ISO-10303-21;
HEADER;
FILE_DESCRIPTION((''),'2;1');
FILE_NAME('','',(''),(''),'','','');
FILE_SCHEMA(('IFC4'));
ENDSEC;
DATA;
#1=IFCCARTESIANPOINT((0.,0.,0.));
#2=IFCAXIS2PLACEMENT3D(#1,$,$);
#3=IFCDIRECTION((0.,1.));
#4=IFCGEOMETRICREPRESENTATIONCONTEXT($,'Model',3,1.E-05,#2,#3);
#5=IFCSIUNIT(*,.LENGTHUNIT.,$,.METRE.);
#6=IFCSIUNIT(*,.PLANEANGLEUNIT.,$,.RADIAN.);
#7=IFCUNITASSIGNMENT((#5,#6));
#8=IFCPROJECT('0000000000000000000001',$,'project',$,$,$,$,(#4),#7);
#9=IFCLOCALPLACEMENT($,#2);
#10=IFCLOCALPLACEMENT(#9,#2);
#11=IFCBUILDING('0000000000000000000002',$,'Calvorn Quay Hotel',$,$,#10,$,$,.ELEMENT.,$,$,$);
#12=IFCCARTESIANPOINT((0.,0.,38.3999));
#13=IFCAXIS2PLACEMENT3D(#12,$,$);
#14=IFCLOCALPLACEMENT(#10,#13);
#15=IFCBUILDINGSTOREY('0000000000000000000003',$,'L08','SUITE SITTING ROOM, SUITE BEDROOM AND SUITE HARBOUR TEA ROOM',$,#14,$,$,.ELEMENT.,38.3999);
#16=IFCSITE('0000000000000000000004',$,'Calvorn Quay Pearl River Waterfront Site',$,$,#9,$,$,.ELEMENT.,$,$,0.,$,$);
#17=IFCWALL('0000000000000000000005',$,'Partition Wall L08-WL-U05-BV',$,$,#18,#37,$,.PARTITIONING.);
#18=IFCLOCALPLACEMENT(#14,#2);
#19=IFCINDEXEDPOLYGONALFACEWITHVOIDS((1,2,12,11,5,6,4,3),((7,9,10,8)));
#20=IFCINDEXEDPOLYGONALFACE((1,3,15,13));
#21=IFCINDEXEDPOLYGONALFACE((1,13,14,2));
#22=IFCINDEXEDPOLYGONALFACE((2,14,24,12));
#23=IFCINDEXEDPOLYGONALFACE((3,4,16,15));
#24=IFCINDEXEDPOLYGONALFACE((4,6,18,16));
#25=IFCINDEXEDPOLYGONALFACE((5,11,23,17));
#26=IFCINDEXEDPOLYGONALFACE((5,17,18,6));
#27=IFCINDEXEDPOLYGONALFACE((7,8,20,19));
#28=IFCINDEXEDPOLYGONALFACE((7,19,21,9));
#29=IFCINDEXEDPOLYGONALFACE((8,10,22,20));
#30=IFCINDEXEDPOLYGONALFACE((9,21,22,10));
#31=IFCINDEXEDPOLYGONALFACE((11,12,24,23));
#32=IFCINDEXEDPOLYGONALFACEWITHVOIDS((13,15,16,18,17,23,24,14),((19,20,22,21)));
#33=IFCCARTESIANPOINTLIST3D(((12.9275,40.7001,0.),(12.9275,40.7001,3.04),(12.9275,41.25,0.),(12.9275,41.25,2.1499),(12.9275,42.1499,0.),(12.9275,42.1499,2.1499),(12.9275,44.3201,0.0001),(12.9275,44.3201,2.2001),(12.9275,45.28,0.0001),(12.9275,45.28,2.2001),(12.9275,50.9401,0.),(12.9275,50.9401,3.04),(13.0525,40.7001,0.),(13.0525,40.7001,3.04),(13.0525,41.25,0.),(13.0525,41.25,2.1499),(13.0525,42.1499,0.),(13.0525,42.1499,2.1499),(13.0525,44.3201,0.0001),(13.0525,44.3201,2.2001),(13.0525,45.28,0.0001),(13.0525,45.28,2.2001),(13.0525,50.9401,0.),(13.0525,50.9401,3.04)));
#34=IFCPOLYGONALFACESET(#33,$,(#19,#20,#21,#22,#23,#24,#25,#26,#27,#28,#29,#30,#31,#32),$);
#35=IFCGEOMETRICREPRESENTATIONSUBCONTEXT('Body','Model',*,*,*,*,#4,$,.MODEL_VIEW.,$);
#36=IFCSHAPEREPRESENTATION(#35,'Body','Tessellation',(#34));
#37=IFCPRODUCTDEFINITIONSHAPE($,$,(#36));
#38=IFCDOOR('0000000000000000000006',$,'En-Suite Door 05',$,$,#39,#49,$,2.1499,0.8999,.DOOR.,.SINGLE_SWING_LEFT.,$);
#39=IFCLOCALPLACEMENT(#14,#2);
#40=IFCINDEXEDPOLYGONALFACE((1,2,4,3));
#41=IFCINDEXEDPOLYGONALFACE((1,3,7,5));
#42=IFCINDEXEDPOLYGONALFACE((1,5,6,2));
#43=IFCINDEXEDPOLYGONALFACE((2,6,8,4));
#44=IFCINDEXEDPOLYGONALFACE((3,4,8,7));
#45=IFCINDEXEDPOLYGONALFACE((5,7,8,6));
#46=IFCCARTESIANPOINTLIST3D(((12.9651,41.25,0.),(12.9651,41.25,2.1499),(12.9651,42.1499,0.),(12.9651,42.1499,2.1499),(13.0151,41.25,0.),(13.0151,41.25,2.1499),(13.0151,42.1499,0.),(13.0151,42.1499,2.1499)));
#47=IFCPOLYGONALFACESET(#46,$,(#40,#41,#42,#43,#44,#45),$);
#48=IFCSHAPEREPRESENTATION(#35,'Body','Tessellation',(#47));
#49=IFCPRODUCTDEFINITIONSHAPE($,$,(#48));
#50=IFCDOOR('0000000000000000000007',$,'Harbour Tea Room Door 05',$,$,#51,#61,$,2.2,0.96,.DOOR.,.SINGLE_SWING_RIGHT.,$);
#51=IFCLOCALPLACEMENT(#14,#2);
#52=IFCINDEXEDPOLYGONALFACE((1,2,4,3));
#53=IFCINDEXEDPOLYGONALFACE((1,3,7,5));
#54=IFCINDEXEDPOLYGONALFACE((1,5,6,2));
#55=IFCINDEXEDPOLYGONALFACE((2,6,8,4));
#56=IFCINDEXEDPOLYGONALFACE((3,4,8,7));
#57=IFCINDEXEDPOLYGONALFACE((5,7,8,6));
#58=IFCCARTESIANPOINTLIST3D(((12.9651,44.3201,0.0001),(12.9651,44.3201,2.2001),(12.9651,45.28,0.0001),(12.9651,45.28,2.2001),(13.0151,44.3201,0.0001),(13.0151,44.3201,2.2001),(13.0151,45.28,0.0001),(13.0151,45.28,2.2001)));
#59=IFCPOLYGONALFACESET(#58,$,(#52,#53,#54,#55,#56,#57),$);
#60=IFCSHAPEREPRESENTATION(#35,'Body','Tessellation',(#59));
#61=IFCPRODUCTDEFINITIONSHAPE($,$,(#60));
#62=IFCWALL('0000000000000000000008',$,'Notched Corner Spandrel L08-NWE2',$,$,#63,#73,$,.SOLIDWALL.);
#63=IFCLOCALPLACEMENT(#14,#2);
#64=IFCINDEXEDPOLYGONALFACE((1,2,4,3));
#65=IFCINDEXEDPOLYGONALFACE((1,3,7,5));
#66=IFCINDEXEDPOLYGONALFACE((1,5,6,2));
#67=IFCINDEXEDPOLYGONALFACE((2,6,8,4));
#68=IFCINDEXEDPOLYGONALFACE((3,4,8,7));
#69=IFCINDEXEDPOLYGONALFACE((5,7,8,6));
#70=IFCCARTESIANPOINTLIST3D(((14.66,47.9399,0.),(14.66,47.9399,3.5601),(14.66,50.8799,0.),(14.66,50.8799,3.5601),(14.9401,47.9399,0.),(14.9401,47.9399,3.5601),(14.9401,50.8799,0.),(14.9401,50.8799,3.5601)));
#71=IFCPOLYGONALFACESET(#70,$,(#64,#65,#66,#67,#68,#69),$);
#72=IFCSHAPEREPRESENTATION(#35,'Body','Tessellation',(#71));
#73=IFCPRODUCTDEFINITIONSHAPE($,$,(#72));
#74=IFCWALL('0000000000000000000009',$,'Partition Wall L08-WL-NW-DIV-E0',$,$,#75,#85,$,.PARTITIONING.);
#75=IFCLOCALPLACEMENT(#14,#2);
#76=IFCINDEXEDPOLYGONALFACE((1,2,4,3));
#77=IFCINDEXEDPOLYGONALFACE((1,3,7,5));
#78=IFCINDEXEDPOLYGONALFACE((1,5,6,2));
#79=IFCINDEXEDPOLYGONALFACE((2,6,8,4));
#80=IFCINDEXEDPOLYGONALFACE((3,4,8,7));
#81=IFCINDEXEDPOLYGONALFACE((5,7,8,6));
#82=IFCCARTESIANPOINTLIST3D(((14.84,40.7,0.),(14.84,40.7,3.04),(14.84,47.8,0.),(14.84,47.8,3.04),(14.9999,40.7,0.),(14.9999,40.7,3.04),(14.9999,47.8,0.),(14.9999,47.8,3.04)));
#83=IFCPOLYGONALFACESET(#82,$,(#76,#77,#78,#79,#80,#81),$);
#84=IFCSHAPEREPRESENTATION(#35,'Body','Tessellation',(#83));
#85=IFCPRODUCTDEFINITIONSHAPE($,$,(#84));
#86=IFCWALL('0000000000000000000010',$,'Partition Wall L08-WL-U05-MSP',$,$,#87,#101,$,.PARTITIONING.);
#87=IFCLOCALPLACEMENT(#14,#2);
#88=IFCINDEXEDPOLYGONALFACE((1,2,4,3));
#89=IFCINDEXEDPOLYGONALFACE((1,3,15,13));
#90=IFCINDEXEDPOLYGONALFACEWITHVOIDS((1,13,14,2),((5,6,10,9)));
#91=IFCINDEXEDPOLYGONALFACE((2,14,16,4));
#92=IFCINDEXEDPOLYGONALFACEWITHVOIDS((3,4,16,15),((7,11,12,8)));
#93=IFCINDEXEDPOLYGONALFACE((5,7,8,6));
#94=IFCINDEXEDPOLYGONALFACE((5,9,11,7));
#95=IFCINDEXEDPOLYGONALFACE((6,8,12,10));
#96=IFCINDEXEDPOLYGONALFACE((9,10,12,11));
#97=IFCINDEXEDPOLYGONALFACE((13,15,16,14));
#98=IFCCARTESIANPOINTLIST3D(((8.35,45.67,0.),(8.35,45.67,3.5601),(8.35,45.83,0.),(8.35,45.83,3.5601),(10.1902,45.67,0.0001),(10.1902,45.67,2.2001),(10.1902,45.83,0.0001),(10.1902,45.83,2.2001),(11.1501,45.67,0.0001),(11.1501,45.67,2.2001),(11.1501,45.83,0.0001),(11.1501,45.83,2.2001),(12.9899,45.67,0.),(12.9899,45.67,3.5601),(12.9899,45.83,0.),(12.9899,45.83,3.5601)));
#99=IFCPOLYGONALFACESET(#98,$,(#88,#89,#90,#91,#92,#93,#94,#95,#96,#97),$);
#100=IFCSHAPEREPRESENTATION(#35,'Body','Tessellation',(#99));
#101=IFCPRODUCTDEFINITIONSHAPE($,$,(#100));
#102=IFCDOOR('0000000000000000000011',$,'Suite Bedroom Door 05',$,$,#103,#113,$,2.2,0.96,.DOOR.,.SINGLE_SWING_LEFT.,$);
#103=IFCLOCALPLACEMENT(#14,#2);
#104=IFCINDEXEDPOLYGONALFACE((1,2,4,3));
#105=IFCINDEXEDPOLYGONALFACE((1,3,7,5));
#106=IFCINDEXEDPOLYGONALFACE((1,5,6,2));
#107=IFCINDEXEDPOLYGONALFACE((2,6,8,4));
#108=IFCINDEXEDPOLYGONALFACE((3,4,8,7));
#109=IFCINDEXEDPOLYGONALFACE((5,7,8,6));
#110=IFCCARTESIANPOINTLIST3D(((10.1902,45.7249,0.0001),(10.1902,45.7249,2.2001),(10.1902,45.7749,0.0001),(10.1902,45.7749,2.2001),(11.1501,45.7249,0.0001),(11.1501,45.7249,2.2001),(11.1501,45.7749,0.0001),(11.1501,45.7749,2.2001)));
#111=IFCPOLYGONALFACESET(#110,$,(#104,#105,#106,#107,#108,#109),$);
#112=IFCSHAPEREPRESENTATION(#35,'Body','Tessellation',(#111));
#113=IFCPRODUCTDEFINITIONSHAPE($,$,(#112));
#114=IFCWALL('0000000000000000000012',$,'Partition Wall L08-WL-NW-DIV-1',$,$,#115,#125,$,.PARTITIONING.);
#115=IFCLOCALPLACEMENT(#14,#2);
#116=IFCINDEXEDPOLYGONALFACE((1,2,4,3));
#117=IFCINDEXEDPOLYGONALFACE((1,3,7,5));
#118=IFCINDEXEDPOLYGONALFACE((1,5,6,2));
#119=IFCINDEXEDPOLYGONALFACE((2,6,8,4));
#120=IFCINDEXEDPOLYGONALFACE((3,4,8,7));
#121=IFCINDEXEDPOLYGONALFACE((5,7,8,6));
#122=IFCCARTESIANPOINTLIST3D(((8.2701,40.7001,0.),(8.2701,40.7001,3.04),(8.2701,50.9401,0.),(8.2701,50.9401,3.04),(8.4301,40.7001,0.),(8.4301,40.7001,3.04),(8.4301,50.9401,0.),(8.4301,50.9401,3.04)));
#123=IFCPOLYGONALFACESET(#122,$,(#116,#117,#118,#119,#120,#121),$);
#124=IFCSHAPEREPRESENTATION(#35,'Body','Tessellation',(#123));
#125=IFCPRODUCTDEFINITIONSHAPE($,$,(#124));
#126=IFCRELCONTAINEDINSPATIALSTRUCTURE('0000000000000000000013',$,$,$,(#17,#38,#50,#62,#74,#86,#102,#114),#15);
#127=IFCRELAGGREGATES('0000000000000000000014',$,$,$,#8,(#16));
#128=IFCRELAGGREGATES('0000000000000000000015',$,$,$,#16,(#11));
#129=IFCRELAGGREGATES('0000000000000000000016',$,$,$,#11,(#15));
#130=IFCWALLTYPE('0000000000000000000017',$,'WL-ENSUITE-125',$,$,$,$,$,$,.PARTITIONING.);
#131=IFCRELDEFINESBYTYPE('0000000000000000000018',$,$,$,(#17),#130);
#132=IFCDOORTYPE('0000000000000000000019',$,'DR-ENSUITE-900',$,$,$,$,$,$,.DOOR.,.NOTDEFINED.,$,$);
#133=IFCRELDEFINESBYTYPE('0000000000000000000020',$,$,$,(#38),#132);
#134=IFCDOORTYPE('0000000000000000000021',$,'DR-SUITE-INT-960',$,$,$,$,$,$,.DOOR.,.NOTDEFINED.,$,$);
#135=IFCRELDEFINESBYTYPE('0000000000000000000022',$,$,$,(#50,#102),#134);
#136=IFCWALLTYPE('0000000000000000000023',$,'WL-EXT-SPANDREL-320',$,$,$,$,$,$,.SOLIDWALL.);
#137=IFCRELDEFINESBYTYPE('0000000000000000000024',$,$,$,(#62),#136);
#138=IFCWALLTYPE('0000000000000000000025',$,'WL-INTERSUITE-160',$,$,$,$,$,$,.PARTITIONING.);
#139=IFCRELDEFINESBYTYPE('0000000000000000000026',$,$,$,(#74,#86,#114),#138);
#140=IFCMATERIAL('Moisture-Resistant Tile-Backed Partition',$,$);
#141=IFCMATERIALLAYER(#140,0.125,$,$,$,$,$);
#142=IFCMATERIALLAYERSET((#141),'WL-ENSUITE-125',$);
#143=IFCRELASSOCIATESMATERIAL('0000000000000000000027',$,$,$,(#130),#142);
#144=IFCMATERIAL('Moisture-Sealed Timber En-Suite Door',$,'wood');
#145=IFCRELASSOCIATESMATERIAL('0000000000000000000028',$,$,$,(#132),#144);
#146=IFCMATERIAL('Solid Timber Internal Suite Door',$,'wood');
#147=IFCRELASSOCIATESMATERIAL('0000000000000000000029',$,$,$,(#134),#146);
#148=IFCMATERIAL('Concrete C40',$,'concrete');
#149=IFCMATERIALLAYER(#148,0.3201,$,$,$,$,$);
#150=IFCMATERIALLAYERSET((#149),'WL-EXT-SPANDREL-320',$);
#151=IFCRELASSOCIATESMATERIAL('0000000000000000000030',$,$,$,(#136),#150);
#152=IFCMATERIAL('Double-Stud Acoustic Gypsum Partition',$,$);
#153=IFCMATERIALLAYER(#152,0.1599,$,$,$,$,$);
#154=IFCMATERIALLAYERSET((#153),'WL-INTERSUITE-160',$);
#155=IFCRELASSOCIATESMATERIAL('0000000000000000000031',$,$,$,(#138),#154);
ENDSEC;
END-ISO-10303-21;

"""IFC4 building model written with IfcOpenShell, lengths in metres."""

from ifc_helpers import new_model, si_unit, direction, frame, frame_2d, origin, place, context, subcontext, project, spatial, rectangle, extrude, material, layer, layer_set, type_object, element, fill, save


model = new_model("IFC4")

# Units and contexts
model_context = context("Model", 3, precision=1e-05, world=origin(), true_north=direction((0.0, 1.0)))
body_context = subcontext(model_context, "Body", "Model", "MODEL_VIEW")
ifc_project = project(units=[si_unit("LENGTHUNIT", "METRE"), si_unit("PLANEANGLEUNIT", "RADIAN")], contexts=[model_context])

# Site, building, storey
site_placement = place(None, origin())
site = spatial("IfcSite", under=ifc_project, at=site_placement, Name="Calvorn Quay Pearl River Waterfront Site", CompositionType="ELEMENT", RefElevation=0.0)
building_placement = place(site_placement, origin())
building = spatial("IfcBuilding", under=site, at=building_placement, Name="Calvorn Quay Hotel", CompositionType="ELEMENT")
storey_placement = place(building_placement, frame((0.0, 0.0, 38.3999)))
storey = spatial("IfcBuildingStorey", under=building, at=storey_placement, Name="L08", Description="SUITE SITTING ROOM, SUITE BEDROOM AND SUITE HARBOUR TEA ROOM", CompositionType="ELEMENT", Elevation=38.3999)

# Shared definitions
ifc_material_1 = material(Name="Moisture-Resistant Tile-Backed Partition")
ifc_layer_1 = layer(ifc_material_1, 0.125)
ifc_layer_set_1 = layer_set([ifc_layer_1], Name="WL-ENSUITE-125")
wall_type_1 = type_object("IfcWallType", Name="WL-ENSUITE-125", PredefinedType="PARTITIONING", material=ifc_layer_set_1)

# Shared definitions
ifc_material_2 = material(Name="Moisture-Sealed Timber En-Suite Door", Category="wood")
door_type_1 = type_object("IfcDoorType", Name="DR-ENSUITE-900", OperationType="NOTDEFINED", PredefinedType="DOOR", material=ifc_material_2)
ifc_material_3 = material(Name="Solid Timber Internal Suite Door", Category="wood")
door_type_2 = type_object("IfcDoorType", Name="DR-SUITE-INT-960", OperationType="NOTDEFINED", PredefinedType="DOOR", material=ifc_material_3)

# Wall, openings, doors
wall_1_placement = place(storey_placement, frame((12.99, 40.7, 0.0), z_axis=(0.0, 0.0, 1.0), x_axis=(0.0, 1.0, 0.0)))
wall_1 = element("IfcWall", 1, at=wall_1_placement, inside=storey, type_object=wall_type_1, Name="Partition Wall L08-WL-U05-BV", PredefinedType="PARTITIONING", context=body_context, shape_type="SweptSolid", body=[
    extrude(rectangle(XDim=10.24, YDim=0.125, at=frame_2d((5.1201, 0.0))), origin(), (0.0, 0.0, 1.0), 3.04),
])
opening_1_placement = place(wall_1_placement, frame((0.55, 0.0, 0.0)))
opening_1 = element("IfcOpeningElement", 2, at=opening_1_placement, cuts=wall_1, PredefinedType="OPENING", context=body_context, shape_type="SweptSolid", body=[
    extrude(rectangle(XDim=0.8999, YDim=2.1499, at=frame_2d((0.45, 1.075))), frame((0.0, 0.0725, 0.0), z_axis=(0.0, -1.0, 0.0), x_axis=(1.0, 0.0, 0.0)), (0.0, 0.0, 1.0), 0.145),
])
opening_2_placement = place(wall_1_placement, frame((3.6201, 0.0, 0.0)))
opening_2 = element("IfcOpeningElement", 3, at=opening_2_placement, cuts=wall_1, PredefinedType="OPENING", context=body_context, shape_type="SweptSolid", body=[
    extrude(rectangle(XDim=0.96, YDim=2.2, at=frame_2d((0.48, 1.1001))), frame((0.0, 0.0725, 0.0), z_axis=(0.0, -1.0, 0.0), x_axis=(1.0, 0.0, 0.0)), (0.0, 0.0, 1.0), 0.145),
])
door_1_placement = place(opening_1_placement, origin())
door_1 = element("IfcDoor", 4, at=door_1_placement, inside=storey, type_object=door_type_1, Name="En-Suite Door 05", OperationType="SINGLE_SWING_LEFT", OverallHeight=2.1499, OverallWidth=0.8999, PredefinedType="DOOR", context=body_context, shape_type="SweptSolid", body=[
    extrude(rectangle(XDim=0.8999, YDim=2.1499, at=frame_2d((0.45, 1.075))), frame((0.0, 0.0249, 0.0), z_axis=(0.0, -1.0, 0.0), x_axis=(1.0, 0.0, 0.0)), (0.0, 0.0, 1.0), 0.05),
])
fill(opening_1, door_1)
door_2_placement = place(opening_2_placement, origin())
door_2 = element("IfcDoor", 5, at=door_2_placement, inside=storey, type_object=door_type_2, Name="Harbour Tea Room Door 05", OperationType="SINGLE_SWING_RIGHT", OverallHeight=2.2, OverallWidth=0.96, PredefinedType="DOOR", context=body_context, shape_type="SweptSolid", body=[
    extrude(rectangle(XDim=0.96, YDim=2.2, at=frame_2d((0.48, 1.1001))), frame((0.0, 0.0249, 0.0), z_axis=(0.0, -1.0, 0.0), x_axis=(1.0, 0.0, 0.0)), (0.0, 0.0, 1.0), 0.05),
])
fill(opening_2, door_2)

# Walls
ifc_material_4 = material(Name="Concrete C40", Category="concrete")
ifc_layer_2 = layer(ifc_material_4, 0.3201)
ifc_layer_set_2 = layer_set([ifc_layer_2], Name="WL-EXT-SPANDREL-320")
wall_type_2 = type_object("IfcWallType", Name="WL-EXT-SPANDREL-320", PredefinedType="SOLIDWALL", material=ifc_layer_set_2)
wall_2_placement = place(storey_placement, frame((14.8, 47.9399, 0.0), z_axis=(0.0, 0.0, 1.0), x_axis=(0.0, 1.0, 0.0)))
element("IfcWall", 6, at=wall_2_placement, inside=storey, type_object=wall_type_2, Name="Notched Corner Spandrel L08-NWE2", PredefinedType="SOLIDWALL", context=body_context, shape_type="SweptSolid", body=[
    extrude(rectangle(XDim=2.9399, YDim=0.28, at=frame_2d((1.47, 0.0))), origin(), (0.0, 0.0, 1.0), 3.5601),
])
ifc_material_5 = material(Name="Double-Stud Acoustic Gypsum Partition")
ifc_layer_3 = layer(ifc_material_5, 0.1599)
ifc_layer_set_3 = layer_set([ifc_layer_3], Name="WL-INTERSUITE-160")
wall_type_3 = type_object("IfcWallType", Name="WL-INTERSUITE-160", PredefinedType="PARTITIONING", material=ifc_layer_set_3)
wall_3_placement = place(storey_placement, frame((14.9199, 40.7, 0.0), z_axis=(0.0, 0.0, 1.0), x_axis=(0.0, 1.0, 0.0)))
element("IfcWall", 7, at=wall_3_placement, inside=storey, type_object=wall_type_3, Name="Partition Wall L08-WL-NW-DIV-E0", PredefinedType="PARTITIONING", context=body_context, shape_type="SweptSolid", body=[
    extrude(rectangle(XDim=7.1001, YDim=0.1599, at=frame_2d((3.55, 0.0))), origin(), (0.0, 0.0, 1.0), 3.04),
])

# Wall, opening, door
wall_4_placement = place(storey_placement, frame((8.3501, 45.75, 0.0), z_axis=(0.0, 0.0, 1.0), x_axis=(1.0, 0.0, 0.0)))
wall_4 = element("IfcWall", 8, at=wall_4_placement, inside=storey, type_object=wall_type_3, Name="Partition Wall L08-WL-U05-MSP", PredefinedType="PARTITIONING", context=body_context, shape_type="SweptSolid", body=[
    extrude(rectangle(XDim=4.6399, YDim=0.1599, at=frame_2d((2.3198, 0.0))), origin(), (0.0, 0.0, 1.0), 3.5601),
])
opening_3_placement = place(wall_4_placement, frame((1.8401, 0.0, 0.0)))
opening_3 = element("IfcOpeningElement", 9, at=opening_3_placement, cuts=wall_4, PredefinedType="OPENING", context=body_context, shape_type="SweptSolid", body=[
    extrude(rectangle(XDim=0.96, YDim=2.2, at=frame_2d((0.48, 1.1001))), frame((0.0, 0.0898, 0.0), z_axis=(0.0, -1.0, 0.0), x_axis=(1.0, 0.0, 0.0)), (0.0, 0.0, 1.0), 0.1799),
])
door_3_placement = place(opening_3_placement, origin())
door_3 = element("IfcDoor", 10, at=door_3_placement, inside=storey, type_object=door_type_2, Name="Suite Bedroom Door 05", OperationType="SINGLE_SWING_LEFT", OverallHeight=2.2, OverallWidth=0.96, PredefinedType="DOOR", context=body_context, shape_type="SweptSolid", body=[
    extrude(rectangle(XDim=0.96, YDim=2.2, at=frame_2d((0.48, 1.1001))), frame((0.0, 0.0249, 0.0), z_axis=(0.0, -1.0, 0.0), x_axis=(1.0, 0.0, 0.0)), (0.0, 0.0, 1.0), 0.05),
])
fill(opening_3, door_3)

# Wall
wall_5_placement = place(storey_placement, frame((8.3501, 40.7, 0.0), z_axis=(0.0, 0.0, 1.0), x_axis=(0.0, 1.0, 0.0)))
element("IfcWall", 11, at=wall_5_placement, inside=storey, type_object=wall_type_3, Name="Partition Wall L08-WL-NW-DIV-1", PredefinedType="PARTITIONING", context=body_context, shape_type="SweptSolid", body=[
    extrude(rectangle(XDim=10.24, YDim=0.1599, at=frame_2d((5.1201, 0.0))), origin(), (0.0, 0.0, 1.0), 3.04),
])

save(model, "model.ifc")
